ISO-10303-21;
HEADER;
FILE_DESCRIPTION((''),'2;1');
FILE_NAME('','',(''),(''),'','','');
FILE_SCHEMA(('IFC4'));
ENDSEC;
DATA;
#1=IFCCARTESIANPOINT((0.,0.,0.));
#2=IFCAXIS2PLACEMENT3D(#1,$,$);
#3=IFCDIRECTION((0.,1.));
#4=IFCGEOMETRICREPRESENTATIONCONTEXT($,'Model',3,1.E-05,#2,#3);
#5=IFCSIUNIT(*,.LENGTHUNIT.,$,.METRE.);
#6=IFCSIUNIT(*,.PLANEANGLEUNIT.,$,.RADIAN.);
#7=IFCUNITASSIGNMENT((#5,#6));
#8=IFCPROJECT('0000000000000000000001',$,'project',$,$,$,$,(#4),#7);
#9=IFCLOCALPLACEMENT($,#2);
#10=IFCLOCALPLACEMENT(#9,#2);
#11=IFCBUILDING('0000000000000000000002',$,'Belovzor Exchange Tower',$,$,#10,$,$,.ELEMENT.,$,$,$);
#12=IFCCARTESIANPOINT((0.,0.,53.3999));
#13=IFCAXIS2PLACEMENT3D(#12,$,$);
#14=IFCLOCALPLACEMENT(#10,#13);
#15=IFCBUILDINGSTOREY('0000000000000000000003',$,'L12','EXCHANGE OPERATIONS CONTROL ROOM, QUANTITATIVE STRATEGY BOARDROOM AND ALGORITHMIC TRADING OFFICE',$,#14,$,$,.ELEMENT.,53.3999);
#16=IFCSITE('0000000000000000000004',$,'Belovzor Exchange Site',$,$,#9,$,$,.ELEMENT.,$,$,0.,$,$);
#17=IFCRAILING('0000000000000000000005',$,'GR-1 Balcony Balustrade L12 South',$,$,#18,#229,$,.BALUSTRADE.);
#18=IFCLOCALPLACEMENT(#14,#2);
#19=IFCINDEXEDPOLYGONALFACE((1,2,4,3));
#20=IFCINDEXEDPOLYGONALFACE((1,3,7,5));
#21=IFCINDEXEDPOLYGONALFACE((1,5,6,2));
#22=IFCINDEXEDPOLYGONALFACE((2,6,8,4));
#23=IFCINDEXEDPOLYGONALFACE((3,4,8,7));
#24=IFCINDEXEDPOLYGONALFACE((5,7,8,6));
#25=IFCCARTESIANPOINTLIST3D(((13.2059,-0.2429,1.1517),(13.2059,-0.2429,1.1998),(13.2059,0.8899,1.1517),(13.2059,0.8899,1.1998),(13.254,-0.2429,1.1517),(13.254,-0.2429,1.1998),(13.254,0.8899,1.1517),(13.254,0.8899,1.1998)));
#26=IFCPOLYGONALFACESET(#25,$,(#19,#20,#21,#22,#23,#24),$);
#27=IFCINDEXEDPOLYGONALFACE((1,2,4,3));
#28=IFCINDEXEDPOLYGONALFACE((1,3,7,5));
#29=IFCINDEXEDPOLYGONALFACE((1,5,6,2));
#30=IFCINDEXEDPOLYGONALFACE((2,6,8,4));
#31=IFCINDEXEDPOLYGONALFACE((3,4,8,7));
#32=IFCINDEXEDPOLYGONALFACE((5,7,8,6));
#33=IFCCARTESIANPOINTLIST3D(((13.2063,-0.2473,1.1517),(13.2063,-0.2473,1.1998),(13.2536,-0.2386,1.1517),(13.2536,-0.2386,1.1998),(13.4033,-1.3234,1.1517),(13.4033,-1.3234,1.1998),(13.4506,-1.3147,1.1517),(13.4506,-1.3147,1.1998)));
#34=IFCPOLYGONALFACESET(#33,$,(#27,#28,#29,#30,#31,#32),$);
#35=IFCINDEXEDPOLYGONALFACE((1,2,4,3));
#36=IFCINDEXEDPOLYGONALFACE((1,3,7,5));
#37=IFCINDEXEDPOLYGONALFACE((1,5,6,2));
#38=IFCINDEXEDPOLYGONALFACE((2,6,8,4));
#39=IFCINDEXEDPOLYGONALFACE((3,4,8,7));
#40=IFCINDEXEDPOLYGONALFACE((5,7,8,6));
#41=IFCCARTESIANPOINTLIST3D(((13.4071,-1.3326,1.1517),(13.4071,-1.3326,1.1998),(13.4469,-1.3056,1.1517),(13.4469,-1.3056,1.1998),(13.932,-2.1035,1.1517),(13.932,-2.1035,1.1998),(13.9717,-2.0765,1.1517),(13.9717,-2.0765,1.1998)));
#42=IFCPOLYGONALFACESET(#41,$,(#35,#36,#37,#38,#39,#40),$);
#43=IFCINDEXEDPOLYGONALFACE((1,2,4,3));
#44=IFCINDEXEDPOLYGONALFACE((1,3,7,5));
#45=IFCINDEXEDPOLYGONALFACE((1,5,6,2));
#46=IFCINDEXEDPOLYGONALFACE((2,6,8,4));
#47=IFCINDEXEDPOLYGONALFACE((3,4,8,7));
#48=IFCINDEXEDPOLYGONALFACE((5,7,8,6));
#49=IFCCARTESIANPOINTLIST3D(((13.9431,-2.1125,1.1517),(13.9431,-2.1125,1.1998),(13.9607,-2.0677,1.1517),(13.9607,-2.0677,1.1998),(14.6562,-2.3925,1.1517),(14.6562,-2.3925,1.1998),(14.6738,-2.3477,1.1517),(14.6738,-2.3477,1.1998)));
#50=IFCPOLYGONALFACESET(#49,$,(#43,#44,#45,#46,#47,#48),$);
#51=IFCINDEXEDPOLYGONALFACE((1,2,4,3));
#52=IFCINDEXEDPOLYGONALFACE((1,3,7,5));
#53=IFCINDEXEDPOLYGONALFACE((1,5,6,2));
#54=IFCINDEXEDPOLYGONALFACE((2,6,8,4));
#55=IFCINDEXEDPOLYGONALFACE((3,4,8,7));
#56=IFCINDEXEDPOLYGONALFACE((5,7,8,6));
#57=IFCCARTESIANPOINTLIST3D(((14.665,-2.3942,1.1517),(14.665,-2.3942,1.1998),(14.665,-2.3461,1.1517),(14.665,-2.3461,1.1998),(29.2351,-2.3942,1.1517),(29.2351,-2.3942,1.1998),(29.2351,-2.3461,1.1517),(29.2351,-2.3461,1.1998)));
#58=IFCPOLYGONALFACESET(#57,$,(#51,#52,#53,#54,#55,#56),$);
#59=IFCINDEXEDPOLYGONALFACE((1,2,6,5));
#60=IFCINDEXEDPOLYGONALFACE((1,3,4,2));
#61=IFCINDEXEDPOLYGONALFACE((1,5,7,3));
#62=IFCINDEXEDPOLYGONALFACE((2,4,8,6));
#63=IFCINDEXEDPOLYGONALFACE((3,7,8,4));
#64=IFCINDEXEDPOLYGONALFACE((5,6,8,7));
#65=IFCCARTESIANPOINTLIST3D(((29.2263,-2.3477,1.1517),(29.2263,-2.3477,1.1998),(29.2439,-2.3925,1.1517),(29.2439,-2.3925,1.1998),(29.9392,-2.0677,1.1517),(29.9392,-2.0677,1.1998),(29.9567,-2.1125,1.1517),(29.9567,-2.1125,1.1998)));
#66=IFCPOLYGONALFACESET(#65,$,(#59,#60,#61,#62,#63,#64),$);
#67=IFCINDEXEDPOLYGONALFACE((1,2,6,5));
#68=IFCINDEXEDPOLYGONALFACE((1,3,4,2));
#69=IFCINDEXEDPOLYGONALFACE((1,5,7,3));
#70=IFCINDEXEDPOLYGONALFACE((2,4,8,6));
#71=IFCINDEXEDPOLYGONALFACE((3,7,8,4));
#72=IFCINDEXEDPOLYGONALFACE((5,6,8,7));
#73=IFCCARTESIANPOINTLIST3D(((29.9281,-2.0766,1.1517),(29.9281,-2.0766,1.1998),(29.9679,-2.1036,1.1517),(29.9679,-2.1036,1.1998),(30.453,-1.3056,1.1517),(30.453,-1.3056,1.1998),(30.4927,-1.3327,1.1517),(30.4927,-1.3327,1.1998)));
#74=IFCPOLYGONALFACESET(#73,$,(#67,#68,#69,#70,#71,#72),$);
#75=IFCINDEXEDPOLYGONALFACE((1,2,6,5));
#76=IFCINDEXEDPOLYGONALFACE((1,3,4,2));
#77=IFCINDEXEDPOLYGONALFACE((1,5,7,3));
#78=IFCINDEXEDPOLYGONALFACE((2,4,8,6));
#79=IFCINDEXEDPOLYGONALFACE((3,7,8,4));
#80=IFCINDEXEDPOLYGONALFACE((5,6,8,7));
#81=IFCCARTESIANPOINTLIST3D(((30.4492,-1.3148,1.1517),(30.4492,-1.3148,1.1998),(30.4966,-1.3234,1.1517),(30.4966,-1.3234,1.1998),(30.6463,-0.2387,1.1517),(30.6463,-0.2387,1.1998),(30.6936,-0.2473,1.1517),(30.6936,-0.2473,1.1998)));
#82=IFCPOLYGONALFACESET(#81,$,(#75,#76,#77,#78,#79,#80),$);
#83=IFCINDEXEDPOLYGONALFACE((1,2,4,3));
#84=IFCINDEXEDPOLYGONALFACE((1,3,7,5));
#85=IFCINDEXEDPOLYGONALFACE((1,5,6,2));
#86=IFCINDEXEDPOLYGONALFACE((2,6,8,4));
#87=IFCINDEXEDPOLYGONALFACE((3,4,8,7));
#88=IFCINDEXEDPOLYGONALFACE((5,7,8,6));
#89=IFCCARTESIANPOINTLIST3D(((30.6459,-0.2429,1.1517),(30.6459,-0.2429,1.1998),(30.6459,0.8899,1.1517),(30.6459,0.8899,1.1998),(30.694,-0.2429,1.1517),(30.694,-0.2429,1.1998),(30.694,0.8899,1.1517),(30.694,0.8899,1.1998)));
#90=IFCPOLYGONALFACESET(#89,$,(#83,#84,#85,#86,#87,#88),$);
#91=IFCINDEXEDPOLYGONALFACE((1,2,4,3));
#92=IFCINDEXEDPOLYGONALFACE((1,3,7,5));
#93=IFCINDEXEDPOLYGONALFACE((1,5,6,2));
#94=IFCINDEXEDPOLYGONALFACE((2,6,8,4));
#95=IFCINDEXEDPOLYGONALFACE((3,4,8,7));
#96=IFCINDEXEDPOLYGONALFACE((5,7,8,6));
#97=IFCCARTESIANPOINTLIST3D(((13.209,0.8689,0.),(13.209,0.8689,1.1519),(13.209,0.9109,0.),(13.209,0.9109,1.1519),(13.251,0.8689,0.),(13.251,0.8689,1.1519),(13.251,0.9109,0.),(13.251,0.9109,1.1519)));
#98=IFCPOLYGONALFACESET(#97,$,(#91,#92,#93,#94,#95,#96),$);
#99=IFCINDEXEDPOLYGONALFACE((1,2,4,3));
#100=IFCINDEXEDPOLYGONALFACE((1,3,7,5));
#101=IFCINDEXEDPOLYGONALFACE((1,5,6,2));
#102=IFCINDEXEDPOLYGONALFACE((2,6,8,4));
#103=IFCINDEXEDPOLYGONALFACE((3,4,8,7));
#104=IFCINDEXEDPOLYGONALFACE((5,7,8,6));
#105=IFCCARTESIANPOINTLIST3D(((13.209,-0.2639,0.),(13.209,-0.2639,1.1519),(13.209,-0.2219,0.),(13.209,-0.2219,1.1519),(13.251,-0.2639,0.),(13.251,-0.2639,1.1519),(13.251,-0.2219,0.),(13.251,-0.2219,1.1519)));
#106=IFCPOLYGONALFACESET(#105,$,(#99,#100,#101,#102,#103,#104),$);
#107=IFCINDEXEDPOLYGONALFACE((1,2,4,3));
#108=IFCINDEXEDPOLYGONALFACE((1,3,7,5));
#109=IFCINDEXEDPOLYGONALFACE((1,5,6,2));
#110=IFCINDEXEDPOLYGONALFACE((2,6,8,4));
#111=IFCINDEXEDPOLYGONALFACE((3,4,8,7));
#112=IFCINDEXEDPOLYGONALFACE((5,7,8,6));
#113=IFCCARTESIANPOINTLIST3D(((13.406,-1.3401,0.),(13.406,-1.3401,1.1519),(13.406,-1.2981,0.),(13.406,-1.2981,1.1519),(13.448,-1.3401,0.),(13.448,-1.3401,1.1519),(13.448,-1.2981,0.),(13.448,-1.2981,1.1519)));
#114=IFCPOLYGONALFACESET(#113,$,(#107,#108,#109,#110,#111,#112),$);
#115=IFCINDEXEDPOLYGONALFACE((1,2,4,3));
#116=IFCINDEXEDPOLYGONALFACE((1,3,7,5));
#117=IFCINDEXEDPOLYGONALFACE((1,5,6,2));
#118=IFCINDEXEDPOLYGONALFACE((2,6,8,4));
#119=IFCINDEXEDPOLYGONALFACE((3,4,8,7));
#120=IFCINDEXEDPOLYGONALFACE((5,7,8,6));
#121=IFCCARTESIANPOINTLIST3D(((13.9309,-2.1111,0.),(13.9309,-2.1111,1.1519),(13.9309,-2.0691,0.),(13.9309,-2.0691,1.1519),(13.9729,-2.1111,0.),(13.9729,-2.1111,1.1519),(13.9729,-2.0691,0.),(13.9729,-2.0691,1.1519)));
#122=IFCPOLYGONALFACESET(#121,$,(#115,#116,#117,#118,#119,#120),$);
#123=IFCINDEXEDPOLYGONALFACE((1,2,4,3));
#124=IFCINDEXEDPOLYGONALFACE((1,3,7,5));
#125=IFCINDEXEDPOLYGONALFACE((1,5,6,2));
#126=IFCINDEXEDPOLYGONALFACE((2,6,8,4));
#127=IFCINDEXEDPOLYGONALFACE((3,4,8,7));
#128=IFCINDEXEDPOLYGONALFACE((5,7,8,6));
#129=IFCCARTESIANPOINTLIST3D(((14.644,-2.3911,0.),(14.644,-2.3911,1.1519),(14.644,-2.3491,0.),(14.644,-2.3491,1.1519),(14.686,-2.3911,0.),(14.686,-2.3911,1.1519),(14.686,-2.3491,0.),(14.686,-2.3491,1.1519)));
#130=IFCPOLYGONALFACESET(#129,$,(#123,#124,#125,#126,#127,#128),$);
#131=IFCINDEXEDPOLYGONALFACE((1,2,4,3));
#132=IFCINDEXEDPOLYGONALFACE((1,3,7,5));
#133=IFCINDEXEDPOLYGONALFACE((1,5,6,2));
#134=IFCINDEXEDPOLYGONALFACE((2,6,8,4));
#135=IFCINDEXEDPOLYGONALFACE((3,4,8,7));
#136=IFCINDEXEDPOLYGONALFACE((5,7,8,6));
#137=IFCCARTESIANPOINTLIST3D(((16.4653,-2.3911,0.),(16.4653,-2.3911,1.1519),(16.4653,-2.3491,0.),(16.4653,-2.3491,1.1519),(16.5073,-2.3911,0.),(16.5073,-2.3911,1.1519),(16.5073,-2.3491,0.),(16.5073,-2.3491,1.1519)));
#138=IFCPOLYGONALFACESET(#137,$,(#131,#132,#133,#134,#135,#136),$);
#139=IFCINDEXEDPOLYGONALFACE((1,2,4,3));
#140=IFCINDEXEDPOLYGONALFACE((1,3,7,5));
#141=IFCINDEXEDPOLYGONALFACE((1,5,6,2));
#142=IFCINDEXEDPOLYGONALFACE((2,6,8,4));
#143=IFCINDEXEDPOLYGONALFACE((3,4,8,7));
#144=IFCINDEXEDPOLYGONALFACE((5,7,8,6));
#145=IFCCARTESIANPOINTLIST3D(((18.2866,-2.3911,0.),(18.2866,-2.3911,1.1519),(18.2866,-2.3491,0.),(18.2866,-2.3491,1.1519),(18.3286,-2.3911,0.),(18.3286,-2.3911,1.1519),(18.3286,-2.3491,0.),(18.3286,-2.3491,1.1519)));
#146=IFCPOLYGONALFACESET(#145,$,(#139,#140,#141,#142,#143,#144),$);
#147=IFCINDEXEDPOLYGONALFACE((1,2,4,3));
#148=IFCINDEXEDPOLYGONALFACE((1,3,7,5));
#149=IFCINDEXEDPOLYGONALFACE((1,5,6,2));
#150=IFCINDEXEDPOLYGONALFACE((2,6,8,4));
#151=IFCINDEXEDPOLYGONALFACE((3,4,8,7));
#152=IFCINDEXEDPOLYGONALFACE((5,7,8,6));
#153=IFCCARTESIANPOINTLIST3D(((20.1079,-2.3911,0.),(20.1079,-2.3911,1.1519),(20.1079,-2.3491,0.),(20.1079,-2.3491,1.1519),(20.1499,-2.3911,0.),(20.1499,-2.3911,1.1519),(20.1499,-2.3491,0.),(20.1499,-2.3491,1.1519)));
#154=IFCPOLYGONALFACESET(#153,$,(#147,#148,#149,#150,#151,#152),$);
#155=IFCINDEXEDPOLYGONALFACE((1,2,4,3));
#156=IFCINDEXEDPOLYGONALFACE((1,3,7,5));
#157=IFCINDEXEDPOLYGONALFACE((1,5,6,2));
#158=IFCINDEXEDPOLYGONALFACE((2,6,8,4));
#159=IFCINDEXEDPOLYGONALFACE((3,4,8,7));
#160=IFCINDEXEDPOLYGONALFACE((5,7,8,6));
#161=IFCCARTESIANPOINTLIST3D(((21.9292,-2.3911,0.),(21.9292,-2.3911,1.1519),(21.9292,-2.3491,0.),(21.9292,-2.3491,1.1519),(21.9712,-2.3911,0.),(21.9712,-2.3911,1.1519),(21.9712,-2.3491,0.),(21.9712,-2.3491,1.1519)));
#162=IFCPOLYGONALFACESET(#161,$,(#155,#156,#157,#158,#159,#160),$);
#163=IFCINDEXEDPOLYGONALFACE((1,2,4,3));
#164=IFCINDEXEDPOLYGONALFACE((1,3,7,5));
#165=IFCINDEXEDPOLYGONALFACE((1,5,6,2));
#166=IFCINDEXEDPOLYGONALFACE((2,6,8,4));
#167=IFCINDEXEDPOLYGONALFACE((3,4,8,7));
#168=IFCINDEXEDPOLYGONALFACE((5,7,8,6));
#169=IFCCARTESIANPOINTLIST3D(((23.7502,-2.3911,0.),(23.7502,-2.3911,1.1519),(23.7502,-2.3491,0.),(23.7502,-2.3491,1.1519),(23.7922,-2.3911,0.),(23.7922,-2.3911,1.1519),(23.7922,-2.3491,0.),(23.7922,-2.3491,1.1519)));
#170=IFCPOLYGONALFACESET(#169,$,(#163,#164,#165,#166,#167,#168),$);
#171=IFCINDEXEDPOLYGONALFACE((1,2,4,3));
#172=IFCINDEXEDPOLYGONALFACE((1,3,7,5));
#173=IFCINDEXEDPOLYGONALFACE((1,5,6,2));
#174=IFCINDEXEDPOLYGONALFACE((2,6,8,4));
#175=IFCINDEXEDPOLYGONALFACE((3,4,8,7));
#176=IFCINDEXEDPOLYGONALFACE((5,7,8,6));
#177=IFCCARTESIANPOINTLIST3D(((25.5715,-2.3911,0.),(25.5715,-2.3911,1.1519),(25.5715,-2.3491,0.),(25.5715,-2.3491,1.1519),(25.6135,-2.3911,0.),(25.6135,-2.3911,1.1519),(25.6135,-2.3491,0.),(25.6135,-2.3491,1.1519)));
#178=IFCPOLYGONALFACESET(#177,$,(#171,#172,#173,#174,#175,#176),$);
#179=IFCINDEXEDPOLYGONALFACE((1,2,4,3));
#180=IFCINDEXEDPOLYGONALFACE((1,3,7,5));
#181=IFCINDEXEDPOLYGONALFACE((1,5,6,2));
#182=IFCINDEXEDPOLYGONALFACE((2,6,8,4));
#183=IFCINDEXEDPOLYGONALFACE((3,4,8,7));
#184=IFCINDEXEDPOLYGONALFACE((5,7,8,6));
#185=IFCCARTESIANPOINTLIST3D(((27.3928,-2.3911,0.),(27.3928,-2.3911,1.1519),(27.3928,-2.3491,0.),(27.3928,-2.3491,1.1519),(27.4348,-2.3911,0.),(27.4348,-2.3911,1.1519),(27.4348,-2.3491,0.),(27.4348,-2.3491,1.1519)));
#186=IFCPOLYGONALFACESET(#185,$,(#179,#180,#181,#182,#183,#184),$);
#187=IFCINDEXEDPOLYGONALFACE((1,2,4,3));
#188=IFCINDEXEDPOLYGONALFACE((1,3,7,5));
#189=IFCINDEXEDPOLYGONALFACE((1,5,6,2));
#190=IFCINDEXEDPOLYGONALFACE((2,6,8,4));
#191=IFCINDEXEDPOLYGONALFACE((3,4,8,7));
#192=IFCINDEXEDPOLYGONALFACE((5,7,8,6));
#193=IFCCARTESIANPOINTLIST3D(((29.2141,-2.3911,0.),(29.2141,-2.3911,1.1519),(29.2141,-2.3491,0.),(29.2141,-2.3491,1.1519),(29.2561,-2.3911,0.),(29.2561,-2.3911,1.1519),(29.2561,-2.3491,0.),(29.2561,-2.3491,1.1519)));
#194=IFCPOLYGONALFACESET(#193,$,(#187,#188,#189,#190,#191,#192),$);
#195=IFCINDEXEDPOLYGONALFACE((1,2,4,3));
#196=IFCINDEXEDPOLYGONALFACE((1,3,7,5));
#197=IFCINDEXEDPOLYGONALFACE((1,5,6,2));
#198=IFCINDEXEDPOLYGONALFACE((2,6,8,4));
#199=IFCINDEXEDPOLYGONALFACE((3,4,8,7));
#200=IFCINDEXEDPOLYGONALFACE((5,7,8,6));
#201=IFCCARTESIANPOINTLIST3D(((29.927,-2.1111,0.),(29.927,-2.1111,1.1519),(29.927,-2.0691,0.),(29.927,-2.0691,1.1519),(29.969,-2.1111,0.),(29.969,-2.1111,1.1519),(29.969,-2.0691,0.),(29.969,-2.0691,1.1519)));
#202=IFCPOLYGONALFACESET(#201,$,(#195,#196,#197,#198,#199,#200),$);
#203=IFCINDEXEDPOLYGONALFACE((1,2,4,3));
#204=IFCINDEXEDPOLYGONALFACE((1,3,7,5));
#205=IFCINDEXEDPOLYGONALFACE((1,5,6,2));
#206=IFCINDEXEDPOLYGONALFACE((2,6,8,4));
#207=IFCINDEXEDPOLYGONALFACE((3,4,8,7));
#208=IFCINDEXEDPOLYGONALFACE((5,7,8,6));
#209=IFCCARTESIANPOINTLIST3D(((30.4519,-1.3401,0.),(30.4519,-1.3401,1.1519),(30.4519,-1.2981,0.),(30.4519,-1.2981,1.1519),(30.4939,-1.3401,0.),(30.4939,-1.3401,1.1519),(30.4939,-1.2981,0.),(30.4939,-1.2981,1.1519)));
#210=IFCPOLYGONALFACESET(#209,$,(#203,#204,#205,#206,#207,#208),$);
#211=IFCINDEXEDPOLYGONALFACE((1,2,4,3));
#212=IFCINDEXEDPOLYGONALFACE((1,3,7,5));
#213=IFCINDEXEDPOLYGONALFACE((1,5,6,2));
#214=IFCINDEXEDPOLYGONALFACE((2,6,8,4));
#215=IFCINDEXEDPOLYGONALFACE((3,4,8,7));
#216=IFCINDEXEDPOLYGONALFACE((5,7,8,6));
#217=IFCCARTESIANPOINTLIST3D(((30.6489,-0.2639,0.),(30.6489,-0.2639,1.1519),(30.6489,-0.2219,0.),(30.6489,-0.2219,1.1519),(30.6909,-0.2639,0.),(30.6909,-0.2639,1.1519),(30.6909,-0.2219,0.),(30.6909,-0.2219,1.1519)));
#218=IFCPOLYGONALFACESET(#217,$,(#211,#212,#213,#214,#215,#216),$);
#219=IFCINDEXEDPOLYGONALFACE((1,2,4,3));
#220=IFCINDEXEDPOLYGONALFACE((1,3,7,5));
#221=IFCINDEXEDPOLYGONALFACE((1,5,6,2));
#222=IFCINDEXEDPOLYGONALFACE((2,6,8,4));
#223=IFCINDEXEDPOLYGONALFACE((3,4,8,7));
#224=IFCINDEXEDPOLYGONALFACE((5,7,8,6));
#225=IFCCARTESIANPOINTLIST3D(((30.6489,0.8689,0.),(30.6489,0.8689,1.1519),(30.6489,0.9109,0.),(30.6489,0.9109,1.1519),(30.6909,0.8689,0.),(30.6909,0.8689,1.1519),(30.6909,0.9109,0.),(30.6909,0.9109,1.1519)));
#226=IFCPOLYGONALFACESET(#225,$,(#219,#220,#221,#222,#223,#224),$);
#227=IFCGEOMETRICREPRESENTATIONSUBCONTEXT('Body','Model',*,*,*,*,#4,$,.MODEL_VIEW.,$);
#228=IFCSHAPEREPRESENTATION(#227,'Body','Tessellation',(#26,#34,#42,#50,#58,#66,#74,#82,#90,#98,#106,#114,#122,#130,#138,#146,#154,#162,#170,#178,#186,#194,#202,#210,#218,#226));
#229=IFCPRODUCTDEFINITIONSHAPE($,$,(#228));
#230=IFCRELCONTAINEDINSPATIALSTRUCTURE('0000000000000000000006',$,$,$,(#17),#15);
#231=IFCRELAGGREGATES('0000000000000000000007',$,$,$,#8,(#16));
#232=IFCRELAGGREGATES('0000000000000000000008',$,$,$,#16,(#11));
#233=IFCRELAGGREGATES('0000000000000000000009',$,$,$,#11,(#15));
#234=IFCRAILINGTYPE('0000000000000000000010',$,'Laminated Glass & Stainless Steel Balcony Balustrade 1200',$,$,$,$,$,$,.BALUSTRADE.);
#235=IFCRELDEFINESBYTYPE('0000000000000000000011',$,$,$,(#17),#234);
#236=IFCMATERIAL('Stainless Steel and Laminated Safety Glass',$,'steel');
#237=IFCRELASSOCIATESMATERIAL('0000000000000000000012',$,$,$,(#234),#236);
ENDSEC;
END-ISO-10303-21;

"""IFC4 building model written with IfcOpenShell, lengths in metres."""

from ifc_helpers import new_model, si_unit, direction, frame, origin, origin_2d, place, context, subcontext, project, spatial, rectangle, extrude, material, type_object, element, save


model = new_model("IFC4")

# Units and contexts
model_context = context("Model", 3, precision=1e-05, world=origin(), true_north=direction((0.0, 1.0)))
body_context = subcontext(model_context, "Body", "Model", "MODEL_VIEW")
ifc_project = project(units=[si_unit("LENGTHUNIT", "METRE"), si_unit("PLANEANGLEUNIT", "RADIAN")], contexts=[model_context])

# Site, building, storey
site_placement = place(None, origin())
site = spatial("IfcSite", under=ifc_project, at=site_placement, Name="Belovzor Exchange Site", CompositionType="ELEMENT", RefElevation=0.0)
building_placement = place(site_placement, origin())
building = spatial("IfcBuilding", under=site, at=building_placement, Name="Belovzor Exchange Tower", CompositionType="ELEMENT")
storey_placement = place(building_placement, frame((0.0, 0.0, 53.3999)))
storey = spatial("IfcBuildingStorey", under=building, at=storey_placement, Name="L12", Description="EXCHANGE OPERATIONS CONTROL ROOM, QUANTITATIVE STRATEGY BOARDROOM AND ALGORITHMIC TRADING OFFICE", CompositionType="ELEMENT", Elevation=53.3999)

# Railing
ifc_material_1 = material(Name="Stainless Steel and Laminated Safety Glass", Category="steel")
railing_type = type_object("IfcRailingType", Name="Laminated Glass & Stainless Steel Balcony Balustrade 1200", PredefinedType="BALUSTRADE", material=ifc_material_1)
railing_placement = place(storey_placement, frame((13.23, 0.8899, 0.0)))
element("IfcRailing", 1, at=railing_placement, inside=storey, type_object=railing_type, Name="GR-1 Balcony Balustrade L12 South", PredefinedType="BALUSTRADE", context=body_context, shape_type="SweptSolid", body=[
    extrude(rectangle(XDim=0.0481, YDim=0.0481, at=origin_2d()), frame((0.0, 0.0, 1.1758), z_axis=(0.0, -1.0, 0.0), x_axis=(1.0, 0.0, 0.0)), (0.0, 0.0, 1.0), 1.1328),
    extrude(rectangle(XDim=0.0481, YDim=0.0481, at=origin_2d()), frame((0.0, -1.1328, 1.1758), z_axis=(0.180083, -0.983651, 0.0), x_axis=(0.983651, 0.180083, 0.0)), (0.0, 0.0, 1.0), 1.094),
    extrude(rectangle(XDim=0.0481, YDim=0.0481, at=origin_2d()), frame((0.197, -2.209, 1.1758), z_axis=(0.562768, -0.826615, 0.0), x_axis=(0.826615, 0.562768, 0.0)), (0.0, 0.0, 1.0), 0.9326),
    extrude(rectangle(XDim=0.0481, YDim=0.0481, at=origin_2d()), frame((0.7219, -2.98, 1.1758), z_axis=(0.93081, -0.365504, 0.0), x_axis=(0.365504, 0.93081, 0.0)), (0.0, 0.0, 1.0), 0.7661),
    extrude(rectangle(XDim=0.0481, YDim=0.0481, at=origin_2d()), frame((1.4351, -3.26, 1.1758), z_axis=(1.0, 0.0, 0.0), x_axis=(0.0, 1.0, 0.0)), (0.0, 0.0, 1.0), 14.5701),
    extrude(rectangle(XDim=0.0481, YDim=0.0481, at=origin_2d()), frame((16.0051, -3.26, 1.1758), z_axis=(0.930767, 0.365613, 0.0), x_axis=(-0.365613, 0.930767, 0.0)), (0.0, 0.0, 1.0), 0.7659),
    extrude(rectangle(XDim=0.0481, YDim=0.0481, at=origin_2d()), frame((16.718, -2.98, 1.1758), z_axis=(0.562768, 0.826615, 0.0), x_axis=(-0.826615, 0.562768, 0.0)), (0.0, 0.0, 1.0), 0.9326),
    extrude(rectangle(XDim=0.0481, YDim=0.0481, at=origin_2d()), frame((17.2429, -2.209, 1.1758), z_axis=(0.180083, 0.983651, 0.0), x_axis=(-0.983651, 0.180083, 0.0)), (0.0, 0.0, 1.0), 1.094),
    extrude(rectangle(XDim=0.0481, YDim=0.0481, at=origin_2d()), frame((17.4399, -1.1328, 1.1758), z_axis=(0.0, 1.0, 0.0), x_axis=(-1.0, 0.0, 0.0)), (0.0, 0.0, 1.0), 1.1328),
    extrude(rectangle(XDim=0.042, YDim=0.042, at=origin_2d()), origin(), (0.0, 0.0, 1.0), 1.1519),
    extrude(rectangle(XDim=0.042, YDim=0.042, at=origin_2d()), frame((0.0, -1.1328, 0.0)), (0.0, 0.0, 1.0), 1.1519),
    extrude(rectangle(XDim=0.042, YDim=0.042, at=origin_2d()), frame((0.197, -2.209, 0.0)), (0.0, 0.0, 1.0), 1.1519),
    extrude(rectangle(XDim=0.042, YDim=0.042, at=origin_2d()), frame((0.7219, -2.98, 0.0)), (0.0, 0.0, 1.0), 1.1519),
    extrude(rectangle(XDim=0.042, YDim=0.042, at=origin_2d()), frame((1.4351, -3.26, 0.0)), (0.0, 0.0, 1.0), 1.1519),
    extrude(rectangle(XDim=0.042, YDim=0.042, at=origin_2d()), frame((3.2563, -3.26, 0.0)), (0.0, 0.0, 1.0), 1.1519),
    extrude(rectangle(XDim=0.042, YDim=0.042, at=origin_2d()), frame((5.0776, -3.26, 0.0)), (0.0, 0.0, 1.0), 1.1519),
    extrude(rectangle(XDim=0.042, YDim=0.042, at=origin_2d()), frame((6.8989, -3.26, 0.0)), (0.0, 0.0, 1.0), 1.1519),
    extrude(rectangle(XDim=0.042, YDim=0.042, at=origin_2d()), frame((8.7202, -3.26, 0.0)), (0.0, 0.0, 1.0), 1.1519),
    extrude(rectangle(XDim=0.042, YDim=0.042, at=origin_2d()), frame((10.5413, -3.26, 0.0)), (0.0, 0.0, 1.0), 1.1519),
    extrude(rectangle(XDim=0.042, YDim=0.042, at=origin_2d()), frame((12.3625, -3.26, 0.0)), (0.0, 0.0, 1.0), 1.1519),
    extrude(rectangle(XDim=0.042, YDim=0.042, at=origin_2d()), frame((14.1838, -3.26, 0.0)), (0.0, 0.0, 1.0), 1.1519),
    extrude(rectangle(XDim=0.042, YDim=0.042, at=origin_2d()), frame((16.0051, -3.26, 0.0)), (0.0, 0.0, 1.0), 1.1519),
    extrude(rectangle(XDim=0.042, YDim=0.042, at=origin_2d()), frame((16.718, -2.98, 0.0)), (0.0, 0.0, 1.0), 1.1519),
    extrude(rectangle(XDim=0.042, YDim=0.042, at=origin_2d()), frame((17.2429, -2.209, 0.0)), (0.0, 0.0, 1.0), 1.1519),
    extrude(rectangle(XDim=0.042, YDim=0.042, at=origin_2d()), frame((17.4399, -1.1328, 0.0)), (0.0, 0.0, 1.0), 1.1519),
    extrude(rectangle(XDim=0.042, YDim=0.042, at=origin_2d()), frame((17.4399, 0.0, 0.0)), (0.0, 0.0, 1.0), 1.1519),
])

save(model, "model.ifc")
